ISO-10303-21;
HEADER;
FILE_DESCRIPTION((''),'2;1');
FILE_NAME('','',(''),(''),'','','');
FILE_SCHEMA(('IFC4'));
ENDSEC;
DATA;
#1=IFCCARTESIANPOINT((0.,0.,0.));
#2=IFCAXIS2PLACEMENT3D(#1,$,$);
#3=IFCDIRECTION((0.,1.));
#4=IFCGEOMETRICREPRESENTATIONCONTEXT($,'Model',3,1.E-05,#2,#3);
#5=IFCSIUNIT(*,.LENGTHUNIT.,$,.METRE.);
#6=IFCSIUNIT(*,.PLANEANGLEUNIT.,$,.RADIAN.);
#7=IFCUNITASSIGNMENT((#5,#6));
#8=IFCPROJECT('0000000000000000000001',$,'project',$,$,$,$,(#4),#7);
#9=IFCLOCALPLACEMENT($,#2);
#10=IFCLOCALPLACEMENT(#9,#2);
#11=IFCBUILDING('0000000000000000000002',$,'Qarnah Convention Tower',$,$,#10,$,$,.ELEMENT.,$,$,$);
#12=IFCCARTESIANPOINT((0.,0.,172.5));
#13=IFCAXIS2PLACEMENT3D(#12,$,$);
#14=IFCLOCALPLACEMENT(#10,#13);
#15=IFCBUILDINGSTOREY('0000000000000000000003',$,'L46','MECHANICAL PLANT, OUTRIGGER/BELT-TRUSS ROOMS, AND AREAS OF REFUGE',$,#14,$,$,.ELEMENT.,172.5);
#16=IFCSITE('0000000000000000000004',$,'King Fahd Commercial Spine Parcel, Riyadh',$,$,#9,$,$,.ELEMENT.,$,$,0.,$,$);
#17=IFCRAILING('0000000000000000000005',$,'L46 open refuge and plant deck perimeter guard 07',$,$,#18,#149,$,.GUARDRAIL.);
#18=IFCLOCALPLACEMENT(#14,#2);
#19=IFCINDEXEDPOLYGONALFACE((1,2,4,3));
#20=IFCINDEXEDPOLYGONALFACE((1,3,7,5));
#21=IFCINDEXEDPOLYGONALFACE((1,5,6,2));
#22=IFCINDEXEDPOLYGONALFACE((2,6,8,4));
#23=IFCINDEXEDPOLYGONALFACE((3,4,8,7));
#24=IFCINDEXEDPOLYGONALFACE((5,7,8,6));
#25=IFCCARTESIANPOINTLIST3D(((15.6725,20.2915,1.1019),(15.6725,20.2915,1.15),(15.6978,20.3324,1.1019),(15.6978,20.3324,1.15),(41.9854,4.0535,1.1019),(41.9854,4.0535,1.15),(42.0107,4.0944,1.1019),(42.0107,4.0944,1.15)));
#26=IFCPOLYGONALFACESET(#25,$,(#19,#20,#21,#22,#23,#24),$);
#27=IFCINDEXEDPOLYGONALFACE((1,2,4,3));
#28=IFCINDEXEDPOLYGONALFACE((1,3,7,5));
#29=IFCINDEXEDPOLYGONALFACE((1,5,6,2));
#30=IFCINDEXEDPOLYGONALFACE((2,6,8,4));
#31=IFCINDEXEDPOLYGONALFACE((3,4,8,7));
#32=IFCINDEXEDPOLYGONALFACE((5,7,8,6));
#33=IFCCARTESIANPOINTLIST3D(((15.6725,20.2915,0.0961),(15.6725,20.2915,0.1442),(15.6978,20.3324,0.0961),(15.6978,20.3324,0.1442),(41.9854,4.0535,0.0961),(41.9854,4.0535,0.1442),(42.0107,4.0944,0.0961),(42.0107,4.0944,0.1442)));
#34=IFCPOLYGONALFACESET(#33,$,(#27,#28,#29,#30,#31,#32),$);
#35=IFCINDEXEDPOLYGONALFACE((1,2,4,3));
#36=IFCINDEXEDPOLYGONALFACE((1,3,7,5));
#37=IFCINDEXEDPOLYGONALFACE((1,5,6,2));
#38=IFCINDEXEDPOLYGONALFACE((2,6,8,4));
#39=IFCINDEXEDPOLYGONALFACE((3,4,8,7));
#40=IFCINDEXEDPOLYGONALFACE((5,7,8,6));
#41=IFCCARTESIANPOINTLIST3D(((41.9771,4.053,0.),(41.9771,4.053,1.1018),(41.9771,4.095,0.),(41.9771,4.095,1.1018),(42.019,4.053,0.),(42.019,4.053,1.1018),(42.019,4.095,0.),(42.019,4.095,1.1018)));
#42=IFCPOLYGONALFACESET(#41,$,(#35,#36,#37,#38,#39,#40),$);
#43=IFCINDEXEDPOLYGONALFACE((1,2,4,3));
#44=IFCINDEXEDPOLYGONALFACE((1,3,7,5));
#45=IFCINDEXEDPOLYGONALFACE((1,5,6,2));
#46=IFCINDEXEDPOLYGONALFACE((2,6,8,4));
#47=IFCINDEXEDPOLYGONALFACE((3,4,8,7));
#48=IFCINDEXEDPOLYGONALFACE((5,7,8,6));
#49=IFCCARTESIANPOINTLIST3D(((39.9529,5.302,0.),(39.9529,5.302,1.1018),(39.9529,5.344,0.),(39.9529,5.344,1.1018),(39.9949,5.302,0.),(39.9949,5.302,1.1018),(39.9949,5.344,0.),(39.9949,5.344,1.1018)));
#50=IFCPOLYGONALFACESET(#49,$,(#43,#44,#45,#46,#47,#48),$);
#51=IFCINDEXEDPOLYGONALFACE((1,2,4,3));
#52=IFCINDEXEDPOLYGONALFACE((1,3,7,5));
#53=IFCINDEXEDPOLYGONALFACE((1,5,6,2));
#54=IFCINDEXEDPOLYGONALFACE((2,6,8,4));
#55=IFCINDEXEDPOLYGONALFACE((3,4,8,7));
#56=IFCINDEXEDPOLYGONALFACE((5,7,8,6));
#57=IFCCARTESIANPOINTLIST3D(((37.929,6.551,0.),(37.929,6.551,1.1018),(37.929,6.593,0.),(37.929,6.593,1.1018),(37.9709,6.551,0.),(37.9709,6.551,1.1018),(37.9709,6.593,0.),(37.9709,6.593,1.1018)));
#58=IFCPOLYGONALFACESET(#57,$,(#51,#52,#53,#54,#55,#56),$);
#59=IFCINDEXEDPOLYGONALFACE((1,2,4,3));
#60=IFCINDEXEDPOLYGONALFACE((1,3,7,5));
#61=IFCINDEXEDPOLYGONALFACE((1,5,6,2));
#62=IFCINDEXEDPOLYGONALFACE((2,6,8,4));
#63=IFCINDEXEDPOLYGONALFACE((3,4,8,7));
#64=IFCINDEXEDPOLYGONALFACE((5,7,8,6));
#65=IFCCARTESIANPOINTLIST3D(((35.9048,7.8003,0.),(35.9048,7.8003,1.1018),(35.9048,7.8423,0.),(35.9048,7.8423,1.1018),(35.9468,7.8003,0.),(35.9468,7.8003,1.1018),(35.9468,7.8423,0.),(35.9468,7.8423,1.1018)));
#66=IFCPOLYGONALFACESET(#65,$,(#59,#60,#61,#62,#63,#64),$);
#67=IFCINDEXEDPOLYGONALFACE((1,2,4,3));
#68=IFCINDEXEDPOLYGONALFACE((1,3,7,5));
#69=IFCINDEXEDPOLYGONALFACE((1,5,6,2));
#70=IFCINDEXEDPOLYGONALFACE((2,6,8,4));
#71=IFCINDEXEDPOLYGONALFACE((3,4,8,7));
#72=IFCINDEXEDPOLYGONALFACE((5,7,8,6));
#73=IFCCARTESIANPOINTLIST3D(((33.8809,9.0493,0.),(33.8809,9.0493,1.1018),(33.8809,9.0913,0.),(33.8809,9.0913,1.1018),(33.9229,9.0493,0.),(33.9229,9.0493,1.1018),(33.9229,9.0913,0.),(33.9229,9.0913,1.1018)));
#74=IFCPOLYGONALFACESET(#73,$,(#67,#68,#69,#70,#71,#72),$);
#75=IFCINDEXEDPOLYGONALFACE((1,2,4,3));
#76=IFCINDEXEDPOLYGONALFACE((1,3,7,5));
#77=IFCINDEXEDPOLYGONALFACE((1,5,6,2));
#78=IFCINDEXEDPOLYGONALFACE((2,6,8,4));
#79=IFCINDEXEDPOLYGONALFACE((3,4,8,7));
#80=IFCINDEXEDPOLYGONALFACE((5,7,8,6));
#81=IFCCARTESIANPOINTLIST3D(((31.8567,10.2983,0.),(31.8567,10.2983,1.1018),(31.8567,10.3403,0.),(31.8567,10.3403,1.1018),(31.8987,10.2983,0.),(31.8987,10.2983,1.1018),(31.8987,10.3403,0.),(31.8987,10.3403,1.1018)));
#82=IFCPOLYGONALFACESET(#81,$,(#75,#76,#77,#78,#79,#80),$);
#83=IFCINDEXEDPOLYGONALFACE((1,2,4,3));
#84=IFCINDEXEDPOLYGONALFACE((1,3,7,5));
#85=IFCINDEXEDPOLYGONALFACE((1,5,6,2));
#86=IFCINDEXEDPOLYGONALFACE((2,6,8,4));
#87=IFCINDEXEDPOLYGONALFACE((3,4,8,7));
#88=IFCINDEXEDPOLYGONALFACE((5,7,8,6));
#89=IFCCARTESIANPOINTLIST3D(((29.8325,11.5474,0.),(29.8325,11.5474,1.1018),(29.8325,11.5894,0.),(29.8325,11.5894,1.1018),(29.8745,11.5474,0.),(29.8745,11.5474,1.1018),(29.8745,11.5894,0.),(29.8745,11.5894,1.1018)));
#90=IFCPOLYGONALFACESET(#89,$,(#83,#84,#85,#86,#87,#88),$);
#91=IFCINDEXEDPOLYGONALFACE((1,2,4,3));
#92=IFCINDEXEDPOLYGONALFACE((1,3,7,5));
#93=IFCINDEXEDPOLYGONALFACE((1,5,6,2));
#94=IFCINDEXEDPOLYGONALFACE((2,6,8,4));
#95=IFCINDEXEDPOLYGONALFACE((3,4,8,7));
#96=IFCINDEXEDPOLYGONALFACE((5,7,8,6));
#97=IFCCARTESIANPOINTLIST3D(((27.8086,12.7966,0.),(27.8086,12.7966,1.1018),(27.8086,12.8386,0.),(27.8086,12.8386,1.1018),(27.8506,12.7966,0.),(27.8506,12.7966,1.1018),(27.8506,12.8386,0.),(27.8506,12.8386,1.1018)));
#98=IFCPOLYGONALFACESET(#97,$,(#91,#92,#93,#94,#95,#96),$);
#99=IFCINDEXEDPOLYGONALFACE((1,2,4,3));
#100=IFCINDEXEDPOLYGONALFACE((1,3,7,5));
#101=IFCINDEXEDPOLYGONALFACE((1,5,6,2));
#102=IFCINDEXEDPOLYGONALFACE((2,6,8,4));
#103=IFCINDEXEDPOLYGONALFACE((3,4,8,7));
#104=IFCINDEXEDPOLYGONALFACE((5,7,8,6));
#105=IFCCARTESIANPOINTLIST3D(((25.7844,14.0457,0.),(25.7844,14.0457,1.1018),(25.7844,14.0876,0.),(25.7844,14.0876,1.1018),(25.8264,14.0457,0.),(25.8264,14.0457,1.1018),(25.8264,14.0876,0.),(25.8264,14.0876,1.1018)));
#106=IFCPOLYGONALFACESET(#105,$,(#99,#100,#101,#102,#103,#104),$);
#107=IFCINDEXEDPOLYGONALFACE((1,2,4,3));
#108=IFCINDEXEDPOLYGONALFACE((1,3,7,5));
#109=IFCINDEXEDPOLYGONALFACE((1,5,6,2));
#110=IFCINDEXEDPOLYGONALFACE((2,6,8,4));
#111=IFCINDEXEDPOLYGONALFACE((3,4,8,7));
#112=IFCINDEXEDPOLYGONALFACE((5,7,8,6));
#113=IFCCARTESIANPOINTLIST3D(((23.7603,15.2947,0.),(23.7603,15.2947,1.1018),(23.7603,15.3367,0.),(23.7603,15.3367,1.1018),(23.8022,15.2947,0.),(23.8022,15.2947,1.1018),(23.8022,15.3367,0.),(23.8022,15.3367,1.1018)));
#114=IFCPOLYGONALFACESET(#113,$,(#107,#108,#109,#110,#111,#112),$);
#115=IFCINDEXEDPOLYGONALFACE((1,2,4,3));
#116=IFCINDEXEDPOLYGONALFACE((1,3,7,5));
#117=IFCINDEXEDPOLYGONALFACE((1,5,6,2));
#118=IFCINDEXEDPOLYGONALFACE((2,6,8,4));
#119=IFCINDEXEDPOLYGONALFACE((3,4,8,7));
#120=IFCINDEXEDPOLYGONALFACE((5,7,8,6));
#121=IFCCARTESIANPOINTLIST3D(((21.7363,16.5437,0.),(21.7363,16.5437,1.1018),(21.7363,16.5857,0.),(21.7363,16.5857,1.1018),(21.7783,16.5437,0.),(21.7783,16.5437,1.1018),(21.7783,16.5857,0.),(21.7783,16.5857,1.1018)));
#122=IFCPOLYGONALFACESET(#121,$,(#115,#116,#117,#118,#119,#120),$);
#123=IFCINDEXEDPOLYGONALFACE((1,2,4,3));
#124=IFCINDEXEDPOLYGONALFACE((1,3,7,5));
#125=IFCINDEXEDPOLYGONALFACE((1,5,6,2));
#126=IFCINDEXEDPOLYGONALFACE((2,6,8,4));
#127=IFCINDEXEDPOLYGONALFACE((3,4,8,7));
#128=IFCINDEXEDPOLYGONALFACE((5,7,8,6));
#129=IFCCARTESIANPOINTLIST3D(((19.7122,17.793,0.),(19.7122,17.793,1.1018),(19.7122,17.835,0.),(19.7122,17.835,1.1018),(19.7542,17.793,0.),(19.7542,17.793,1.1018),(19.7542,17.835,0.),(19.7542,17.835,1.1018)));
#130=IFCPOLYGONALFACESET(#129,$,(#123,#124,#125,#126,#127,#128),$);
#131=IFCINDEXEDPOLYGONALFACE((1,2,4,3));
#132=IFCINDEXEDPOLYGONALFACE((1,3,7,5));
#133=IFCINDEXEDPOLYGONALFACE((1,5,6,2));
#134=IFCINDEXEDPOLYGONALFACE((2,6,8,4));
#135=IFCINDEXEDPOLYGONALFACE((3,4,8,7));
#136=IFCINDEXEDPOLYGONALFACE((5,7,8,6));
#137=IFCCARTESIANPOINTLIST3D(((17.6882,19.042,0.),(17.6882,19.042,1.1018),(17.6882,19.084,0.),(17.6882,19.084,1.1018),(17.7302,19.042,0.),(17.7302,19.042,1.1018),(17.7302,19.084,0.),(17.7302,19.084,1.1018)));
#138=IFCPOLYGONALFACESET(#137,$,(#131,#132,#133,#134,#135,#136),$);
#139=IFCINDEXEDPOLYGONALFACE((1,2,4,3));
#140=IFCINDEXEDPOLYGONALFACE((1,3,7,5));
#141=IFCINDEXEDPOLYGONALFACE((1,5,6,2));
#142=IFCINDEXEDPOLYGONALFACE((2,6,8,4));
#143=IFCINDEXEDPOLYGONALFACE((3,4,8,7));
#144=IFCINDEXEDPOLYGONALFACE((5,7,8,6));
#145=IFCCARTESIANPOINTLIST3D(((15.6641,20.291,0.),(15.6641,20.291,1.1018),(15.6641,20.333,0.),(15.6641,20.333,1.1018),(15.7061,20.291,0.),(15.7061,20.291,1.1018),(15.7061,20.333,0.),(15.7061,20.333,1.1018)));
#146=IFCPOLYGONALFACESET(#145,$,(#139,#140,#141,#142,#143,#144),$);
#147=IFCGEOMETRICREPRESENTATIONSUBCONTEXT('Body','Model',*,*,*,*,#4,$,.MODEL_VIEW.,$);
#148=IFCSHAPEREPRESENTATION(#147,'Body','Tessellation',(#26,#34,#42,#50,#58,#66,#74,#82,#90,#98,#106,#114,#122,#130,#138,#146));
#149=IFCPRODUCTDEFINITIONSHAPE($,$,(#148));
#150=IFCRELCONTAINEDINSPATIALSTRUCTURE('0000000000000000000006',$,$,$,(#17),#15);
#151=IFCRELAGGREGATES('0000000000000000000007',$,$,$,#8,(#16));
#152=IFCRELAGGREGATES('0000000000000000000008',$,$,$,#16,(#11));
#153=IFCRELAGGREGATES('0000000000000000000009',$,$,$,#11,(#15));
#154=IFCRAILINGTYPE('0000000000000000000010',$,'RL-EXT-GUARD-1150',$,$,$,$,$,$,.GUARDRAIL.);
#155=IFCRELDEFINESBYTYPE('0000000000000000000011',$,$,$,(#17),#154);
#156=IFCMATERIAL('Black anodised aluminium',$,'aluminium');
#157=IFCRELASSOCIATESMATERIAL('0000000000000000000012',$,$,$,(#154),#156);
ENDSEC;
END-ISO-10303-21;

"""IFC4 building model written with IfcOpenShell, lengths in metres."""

from ifc_helpers import new_model, si_unit, direction, frame, origin, origin_2d, place, context, subcontext, project, spatial, rectangle, extrude, material, type_object, element, save


model = new_model("IFC4")

# Units and contexts
model_context = context("Model", 3, precision=1e-05, world=origin(), true_north=direction((0.0, 1.0)))
body_context = subcontext(model_context, "Body", "Model", "MODEL_VIEW")
ifc_project = project(units=[si_unit("LENGTHUNIT", "METRE"), si_unit("PLANEANGLEUNIT", "RADIAN")], contexts=[model_context])

# Site, building, storey
site_placement = place(None, origin())
site = spatial("IfcSite", under=ifc_project, at=site_placement, Name="King Fahd Commercial Spine Parcel, Riyadh", CompositionType="ELEMENT", RefElevation=0.0)
building_placement = place(site_placement, origin())
building = spatial("IfcBuilding", under=site, at=building_placement, Name="Qarnah Convention Tower", CompositionType="ELEMENT")
storey_placement = place(building_placement, frame((0.0, 0.0, 172.5)))
storey = spatial("IfcBuildingStorey", under=building, at=storey_placement, Name="L46", Description="MECHANICAL PLANT, OUTRIGGER/BELT-TRUSS ROOMS, AND AREAS OF REFUGE", CompositionType="ELEMENT", Elevation=172.5)

# Railing
ifc_material_1 = material(Name="Black anodised aluminium", Category="aluminium")
railing_type = type_object("IfcRailingType", Name="RL-EXT-GUARD-1150", PredefinedType="GUARDRAIL", material=ifc_material_1)
railing_1_placement = place(storey_placement, frame((41.998, 4.074, 0.0)))
element("IfcRailing", 1, at=railing_1_placement, inside=storey, type_object=railing_type, Name="L46 open refuge and plant deck perimeter guard 07", PredefinedType="GUARDRAIL", context=body_context, shape_type="SweptSolid", body=[
    extrude(rectangle(XDim=0.0481, YDim=0.0481, at=origin_2d()), frame((0.0, 0.0, 1.126), z_axis=(-0.851002, 0.525163, 0.0), x_axis=(-0.525163, -0.851002, 0.0)), (0.0, 0.0, 1.0), 30.9199),
    extrude(rectangle(XDim=0.0481, YDim=0.0481, at=origin_2d()), frame((0.0, 0.0, 0.1201), z_axis=(-0.851002, 0.525163, 0.0), x_axis=(-0.525163, -0.851002, 0.0)), (0.0, 0.0, 1.0), 30.9199),
    extrude(rectangle(XDim=0.042, YDim=0.042, at=origin_2d()), origin(), (0.0, 0.0, 1.0), 1.1018),
    extrude(rectangle(XDim=0.042, YDim=0.042, at=origin_2d()), frame((-2.0242, 1.249, 0.0)), (0.0, 0.0, 1.0), 1.1018),
    extrude(rectangle(XDim=0.042, YDim=0.042, at=origin_2d()), frame((-4.0481, 2.498, 0.0)), (0.0, 0.0, 1.0), 1.1018),
    extrude(rectangle(XDim=0.042, YDim=0.042, at=origin_2d()), frame((-6.0723, 3.7473, 0.0)), (0.0, 0.0, 1.0), 1.1018),
    extrude(rectangle(XDim=0.042, YDim=0.042, at=origin_2d()), frame((-8.0962, 4.9963, 0.0)), (0.0, 0.0, 1.0), 1.1018),
    extrude(rectangle(XDim=0.042, YDim=0.042, at=origin_2d()), frame((-10.1204, 6.2454, 0.0)), (0.0, 0.0, 1.0), 1.1018),
    extrude(rectangle(XDim=0.042, YDim=0.042, at=origin_2d()), frame((-12.1445, 7.4944, 0.0)), (0.0, 0.0, 1.0), 1.1018),
    extrude(rectangle(XDim=0.042, YDim=0.042, at=origin_2d()), frame((-14.1685, 8.7437, 0.0)), (0.0, 0.0, 1.0), 1.1018),
    extrude(rectangle(XDim=0.042, YDim=0.042, at=origin_2d()), frame((-16.1926, 9.9927, 0.0)), (0.0, 0.0, 1.0), 1.1018),
    extrude(rectangle(XDim=0.042, YDim=0.042, at=origin_2d()), frame((-18.2168, 11.2417, 0.0)), (0.0, 0.0, 1.0), 1.1018),
    extrude(rectangle(XDim=0.042, YDim=0.042, at=origin_2d()), frame((-20.2407, 12.4907, 0.0)), (0.0, 0.0, 1.0), 1.1018),
    extrude(rectangle(XDim=0.042, YDim=0.042, at=origin_2d()), frame((-22.2649, 13.74, 0.0)), (0.0, 0.0, 1.0), 1.1018),
    extrude(rectangle(XDim=0.042, YDim=0.042, at=origin_2d()), frame((-24.2888, 14.989, 0.0)), (0.0, 0.0, 1.0), 1.1018),
    extrude(rectangle(XDim=0.042, YDim=0.042, at=origin_2d()), frame((-26.313, 16.238, 0.0)), (0.0, 0.0, 1.0), 1.1018),
])

save(model, "model.ifc")
